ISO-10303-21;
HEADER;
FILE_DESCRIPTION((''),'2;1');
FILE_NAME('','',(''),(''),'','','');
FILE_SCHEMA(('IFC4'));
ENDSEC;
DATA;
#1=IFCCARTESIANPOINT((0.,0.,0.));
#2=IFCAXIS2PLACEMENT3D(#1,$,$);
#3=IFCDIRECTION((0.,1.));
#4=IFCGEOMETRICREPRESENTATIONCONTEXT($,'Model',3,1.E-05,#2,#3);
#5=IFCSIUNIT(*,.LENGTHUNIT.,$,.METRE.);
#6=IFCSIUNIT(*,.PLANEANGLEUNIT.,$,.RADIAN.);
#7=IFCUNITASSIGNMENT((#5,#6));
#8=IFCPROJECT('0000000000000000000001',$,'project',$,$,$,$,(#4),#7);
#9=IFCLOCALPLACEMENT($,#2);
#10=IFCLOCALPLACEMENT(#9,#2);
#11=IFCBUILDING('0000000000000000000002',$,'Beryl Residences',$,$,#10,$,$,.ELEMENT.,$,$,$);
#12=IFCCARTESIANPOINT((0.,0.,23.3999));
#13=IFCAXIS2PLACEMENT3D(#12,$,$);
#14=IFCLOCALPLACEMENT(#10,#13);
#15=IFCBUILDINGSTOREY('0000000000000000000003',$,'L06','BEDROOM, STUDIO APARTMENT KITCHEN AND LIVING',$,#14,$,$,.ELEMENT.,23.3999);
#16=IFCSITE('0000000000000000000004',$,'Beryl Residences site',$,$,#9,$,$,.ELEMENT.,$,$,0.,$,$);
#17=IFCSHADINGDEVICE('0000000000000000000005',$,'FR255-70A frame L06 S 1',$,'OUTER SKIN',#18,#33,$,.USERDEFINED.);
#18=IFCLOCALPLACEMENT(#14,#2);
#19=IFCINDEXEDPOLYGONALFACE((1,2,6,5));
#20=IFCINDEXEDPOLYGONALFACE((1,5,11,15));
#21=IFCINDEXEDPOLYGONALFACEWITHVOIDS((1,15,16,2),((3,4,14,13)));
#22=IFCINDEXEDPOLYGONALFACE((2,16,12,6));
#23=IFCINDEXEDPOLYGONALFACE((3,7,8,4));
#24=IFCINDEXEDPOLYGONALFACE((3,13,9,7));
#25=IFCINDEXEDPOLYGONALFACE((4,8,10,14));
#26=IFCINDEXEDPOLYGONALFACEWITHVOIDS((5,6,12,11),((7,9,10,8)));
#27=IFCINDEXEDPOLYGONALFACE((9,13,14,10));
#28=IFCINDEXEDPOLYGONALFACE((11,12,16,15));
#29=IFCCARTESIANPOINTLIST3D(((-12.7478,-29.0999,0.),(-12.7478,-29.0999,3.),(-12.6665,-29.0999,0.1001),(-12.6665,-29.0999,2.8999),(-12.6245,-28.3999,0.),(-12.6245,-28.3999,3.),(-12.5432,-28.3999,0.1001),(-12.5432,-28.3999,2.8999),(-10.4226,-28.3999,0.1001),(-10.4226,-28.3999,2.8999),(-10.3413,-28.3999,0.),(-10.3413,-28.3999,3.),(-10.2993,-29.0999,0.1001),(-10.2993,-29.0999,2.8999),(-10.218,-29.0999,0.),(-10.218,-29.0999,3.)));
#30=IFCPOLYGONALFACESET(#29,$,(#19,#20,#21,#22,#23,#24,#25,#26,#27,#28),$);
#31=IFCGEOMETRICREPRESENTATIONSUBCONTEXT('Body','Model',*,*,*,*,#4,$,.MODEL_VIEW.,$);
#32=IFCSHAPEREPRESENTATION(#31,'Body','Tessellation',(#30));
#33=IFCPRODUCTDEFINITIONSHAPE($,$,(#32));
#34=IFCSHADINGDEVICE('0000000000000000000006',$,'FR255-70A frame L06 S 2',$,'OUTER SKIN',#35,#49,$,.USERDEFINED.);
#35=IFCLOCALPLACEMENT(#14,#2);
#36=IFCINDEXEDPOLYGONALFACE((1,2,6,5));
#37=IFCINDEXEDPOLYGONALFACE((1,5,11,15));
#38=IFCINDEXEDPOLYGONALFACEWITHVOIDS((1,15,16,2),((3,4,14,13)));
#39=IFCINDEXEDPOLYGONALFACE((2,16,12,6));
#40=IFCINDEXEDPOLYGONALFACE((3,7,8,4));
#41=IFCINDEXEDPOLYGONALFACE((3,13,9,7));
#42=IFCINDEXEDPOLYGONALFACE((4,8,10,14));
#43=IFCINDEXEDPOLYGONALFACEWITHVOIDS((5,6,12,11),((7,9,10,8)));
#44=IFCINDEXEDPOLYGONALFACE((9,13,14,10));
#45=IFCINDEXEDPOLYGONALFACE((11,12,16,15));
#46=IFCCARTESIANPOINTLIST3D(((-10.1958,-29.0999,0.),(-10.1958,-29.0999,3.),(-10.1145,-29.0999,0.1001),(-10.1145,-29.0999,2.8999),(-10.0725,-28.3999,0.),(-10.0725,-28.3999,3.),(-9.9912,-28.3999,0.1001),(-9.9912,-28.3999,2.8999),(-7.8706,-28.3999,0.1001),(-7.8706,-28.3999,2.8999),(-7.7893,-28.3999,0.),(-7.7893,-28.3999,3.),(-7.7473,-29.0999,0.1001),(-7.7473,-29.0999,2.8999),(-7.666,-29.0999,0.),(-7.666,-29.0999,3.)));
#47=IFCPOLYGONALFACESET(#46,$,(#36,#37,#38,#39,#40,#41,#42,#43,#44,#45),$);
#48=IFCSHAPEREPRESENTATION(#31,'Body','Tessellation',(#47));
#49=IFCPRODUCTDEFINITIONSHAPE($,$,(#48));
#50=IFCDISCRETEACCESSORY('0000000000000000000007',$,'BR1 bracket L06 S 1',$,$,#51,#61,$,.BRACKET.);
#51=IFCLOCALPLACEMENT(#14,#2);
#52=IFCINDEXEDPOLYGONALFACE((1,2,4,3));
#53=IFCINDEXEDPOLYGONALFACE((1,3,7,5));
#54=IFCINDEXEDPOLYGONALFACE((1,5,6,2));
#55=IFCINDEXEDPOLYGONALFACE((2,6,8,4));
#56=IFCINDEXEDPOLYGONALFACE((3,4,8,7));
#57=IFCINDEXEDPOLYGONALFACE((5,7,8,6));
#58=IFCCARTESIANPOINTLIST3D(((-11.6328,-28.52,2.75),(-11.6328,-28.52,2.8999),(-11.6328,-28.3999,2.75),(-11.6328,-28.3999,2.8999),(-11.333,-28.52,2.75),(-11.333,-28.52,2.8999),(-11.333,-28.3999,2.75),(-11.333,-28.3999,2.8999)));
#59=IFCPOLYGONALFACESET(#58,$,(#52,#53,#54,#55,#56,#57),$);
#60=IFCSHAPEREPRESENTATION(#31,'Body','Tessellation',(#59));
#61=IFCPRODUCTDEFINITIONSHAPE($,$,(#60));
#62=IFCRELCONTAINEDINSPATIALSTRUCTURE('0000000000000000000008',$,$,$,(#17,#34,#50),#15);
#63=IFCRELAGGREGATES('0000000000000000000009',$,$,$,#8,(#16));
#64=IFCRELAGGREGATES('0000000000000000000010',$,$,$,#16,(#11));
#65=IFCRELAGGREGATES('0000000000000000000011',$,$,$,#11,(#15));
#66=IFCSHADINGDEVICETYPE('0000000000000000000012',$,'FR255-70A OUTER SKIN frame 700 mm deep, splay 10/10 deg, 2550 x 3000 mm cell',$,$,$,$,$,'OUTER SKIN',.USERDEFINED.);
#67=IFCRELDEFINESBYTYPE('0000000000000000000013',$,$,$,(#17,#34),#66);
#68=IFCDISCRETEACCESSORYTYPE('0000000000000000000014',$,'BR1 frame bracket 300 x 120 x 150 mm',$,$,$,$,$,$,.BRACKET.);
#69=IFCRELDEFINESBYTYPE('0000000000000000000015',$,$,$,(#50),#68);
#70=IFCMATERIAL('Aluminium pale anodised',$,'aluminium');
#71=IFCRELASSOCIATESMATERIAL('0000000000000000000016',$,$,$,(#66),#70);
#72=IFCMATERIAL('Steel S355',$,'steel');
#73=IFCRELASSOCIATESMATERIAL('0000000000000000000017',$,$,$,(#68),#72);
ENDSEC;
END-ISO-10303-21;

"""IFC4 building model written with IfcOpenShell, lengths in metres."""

from ifc_helpers import new_model, entity, si_unit, direction, frame, origin, place, context, subcontext, project, spatial, polyline, outline, extrude, source, transform, mapped, material, type_object, type_shapes, element, save


model = new_model("IFC4")

# Units and contexts
model_context = context("Model", 3, precision=1e-05, world=origin(), true_north=direction((0.0, 1.0)))
body_context = subcontext(model_context, "Body", "Model", "MODEL_VIEW")
ifc_project = project(units=[si_unit("LENGTHUNIT", "METRE"), si_unit("PLANEANGLEUNIT", "RADIAN")], contexts=[model_context])

# Site, building, storey
site_placement = place(None, origin())
site = spatial("IfcSite", under=ifc_project, at=site_placement, Name="Beryl Residences site", CompositionType="ELEMENT", RefElevation=0.0)
building_placement = place(site_placement, origin())
building = spatial("IfcBuilding", under=site, at=building_placement, Name="Beryl Residences", CompositionType="ELEMENT")
storey_placement = place(building_placement, frame((0.0, 0.0, 23.3999)))
storey = spatial("IfcBuildingStorey", under=building, at=storey_placement, Name="L06", Description="BEDROOM, STUDIO APARTMENT KITCHEN AND LIVING", CompositionType="ELEMENT", Elevation=23.3999)

# Shading devices
ifc_material_1 = material(Name="Aluminium pale anodised", Category="aluminium")
shading_device_type_1 = type_object("IfcShadingDeviceType", Name="FR255-70A OUTER SKIN frame 700 mm deep, splay 10/10 deg, 2550 x 3000 mm cell", ElementType="OUTER SKIN", PredefinedType="USERDEFINED", material=ifc_material_1)
cartesian_point_1 = entity("IfcCartesianPoint", [-1.1416, 0.0])
cartesian_point_2 = entity("IfcCartesianPoint", [-1.0603, 0.1001])
cartesian_point_3 = entity("IfcCartesianPoint", [-1.2649, 0.0])
cartesian_point_4 = entity("IfcCartesianPoint", [-1.1836, 0.1001])
shared_shape_1 = source(origin(), body_context, "Body", "SweptSolid", [
    entity("IfcExtrudedAreaSolidTapered", entity("IfcArbitraryProfileDefWithVoids", "AREA", None, entity("IfcPolyline", [cartesian_point_1, entity("IfcCartesianPoint", [1.1416, 0.0]), entity("IfcCartesianPoint", [1.1416, 3.0]), entity("IfcCartesianPoint", [-1.1416, 3.0]), cartesian_point_1]), [entity("IfcPolyline", [cartesian_point_2, entity("IfcCartesianPoint", [1.0603, 0.1001]), entity("IfcCartesianPoint", [1.0603, 2.8999]), entity("IfcCartesianPoint", [-1.0603, 2.8999]), cartesian_point_2])]), entity("IfcAxis2Placement3D", entity("IfcCartesianPoint", [0.0, 0.0, 0.0]), entity("IfcDirection", [0.0, 1.0, 0.0]), entity("IfcDirection", [-1.0, 0.0, 0.0])), entity("IfcDirection", [0.0, 0.0, 1.0]), 0.7, entity("IfcArbitraryProfileDefWithVoids", "AREA", None, entity("IfcPolyline", [cartesian_point_3, entity("IfcCartesianPoint", [1.2649, 0.0]), entity("IfcCartesianPoint", [1.2649, 3.0]), entity("IfcCartesianPoint", [-1.2649, 3.0]), cartesian_point_3]), [entity("IfcPolyline", [cartesian_point_4, entity("IfcCartesianPoint", [1.1836, 0.1001]), entity("IfcCartesianPoint", [1.1836, 2.8999]), entity("IfcCartesianPoint", [-1.1836, 2.8999]), cartesian_point_4])])),
])
type_shapes(shading_device_type_1, [shared_shape_1])
for number, where, z_axis, x_axis, name in (
    (1, (-11.4829, -28.3999, 0.0), (0.0, 0.0, 1.0), (-1.0, 0.0, 0.0), "FR255-70A frame L06 S 1"),
    (2, (-8.9309, -28.3999, 0.0), (0.0, 0.0, 1.0), (-1.0, 0.0, 0.0), "FR255-70A frame L06 S 2"),
):
    element("IfcShadingDevice", number, at=place(storey_placement, frame(where, z_axis=z_axis, x_axis=x_axis)), inside=storey, type_object=shading_device_type_1, Name=name, ObjectType="OUTER SKIN", PredefinedType="USERDEFINED", context=body_context, shape_type="MappedRepresentation", body=[
        mapped(shared_shape_1, transform((0.0, 0.0, 0.0))),
    ])

# Discrete accessory
ifc_material_2 = material(Name="Steel S355", Category="steel")
discrete_accessory_type = type_object("IfcDiscreteAccessoryType", Name="BR1 frame bracket 300 x 120 x 150 mm", PredefinedType="BRACKET", material=ifc_material_2)
shared_shape_2 = source(origin(), body_context, "Body", "SweptSolid", [
    extrude(outline(polyline([(-0.1499, 0.0), (0.1499, 0.0), (0.1499, 0.1201), (-0.1499, 0.1201), (-0.1499, 0.0)])), origin(), (0.0, 0.0, 1.0), 0.1499),
])
type_shapes(discrete_accessory_type, [shared_shape_2])
discrete_accessory_placement = place(storey_placement, frame((-11.4829, -28.3999, 2.75), z_axis=(0.0, 0.0, 1.0), x_axis=(-1.0, 0.0, 0.0)))
element("IfcDiscreteAccessory", 3, at=discrete_accessory_placement, inside=storey, type_object=discrete_accessory_type, Name="BR1 bracket L06 S 1", PredefinedType="BRACKET", context=body_context, shape_type="MappedRepresentation", body=[
    mapped(shared_shape_2, transform((0.0, 0.0, 0.0))),
])

save(model, "model.ifc")
